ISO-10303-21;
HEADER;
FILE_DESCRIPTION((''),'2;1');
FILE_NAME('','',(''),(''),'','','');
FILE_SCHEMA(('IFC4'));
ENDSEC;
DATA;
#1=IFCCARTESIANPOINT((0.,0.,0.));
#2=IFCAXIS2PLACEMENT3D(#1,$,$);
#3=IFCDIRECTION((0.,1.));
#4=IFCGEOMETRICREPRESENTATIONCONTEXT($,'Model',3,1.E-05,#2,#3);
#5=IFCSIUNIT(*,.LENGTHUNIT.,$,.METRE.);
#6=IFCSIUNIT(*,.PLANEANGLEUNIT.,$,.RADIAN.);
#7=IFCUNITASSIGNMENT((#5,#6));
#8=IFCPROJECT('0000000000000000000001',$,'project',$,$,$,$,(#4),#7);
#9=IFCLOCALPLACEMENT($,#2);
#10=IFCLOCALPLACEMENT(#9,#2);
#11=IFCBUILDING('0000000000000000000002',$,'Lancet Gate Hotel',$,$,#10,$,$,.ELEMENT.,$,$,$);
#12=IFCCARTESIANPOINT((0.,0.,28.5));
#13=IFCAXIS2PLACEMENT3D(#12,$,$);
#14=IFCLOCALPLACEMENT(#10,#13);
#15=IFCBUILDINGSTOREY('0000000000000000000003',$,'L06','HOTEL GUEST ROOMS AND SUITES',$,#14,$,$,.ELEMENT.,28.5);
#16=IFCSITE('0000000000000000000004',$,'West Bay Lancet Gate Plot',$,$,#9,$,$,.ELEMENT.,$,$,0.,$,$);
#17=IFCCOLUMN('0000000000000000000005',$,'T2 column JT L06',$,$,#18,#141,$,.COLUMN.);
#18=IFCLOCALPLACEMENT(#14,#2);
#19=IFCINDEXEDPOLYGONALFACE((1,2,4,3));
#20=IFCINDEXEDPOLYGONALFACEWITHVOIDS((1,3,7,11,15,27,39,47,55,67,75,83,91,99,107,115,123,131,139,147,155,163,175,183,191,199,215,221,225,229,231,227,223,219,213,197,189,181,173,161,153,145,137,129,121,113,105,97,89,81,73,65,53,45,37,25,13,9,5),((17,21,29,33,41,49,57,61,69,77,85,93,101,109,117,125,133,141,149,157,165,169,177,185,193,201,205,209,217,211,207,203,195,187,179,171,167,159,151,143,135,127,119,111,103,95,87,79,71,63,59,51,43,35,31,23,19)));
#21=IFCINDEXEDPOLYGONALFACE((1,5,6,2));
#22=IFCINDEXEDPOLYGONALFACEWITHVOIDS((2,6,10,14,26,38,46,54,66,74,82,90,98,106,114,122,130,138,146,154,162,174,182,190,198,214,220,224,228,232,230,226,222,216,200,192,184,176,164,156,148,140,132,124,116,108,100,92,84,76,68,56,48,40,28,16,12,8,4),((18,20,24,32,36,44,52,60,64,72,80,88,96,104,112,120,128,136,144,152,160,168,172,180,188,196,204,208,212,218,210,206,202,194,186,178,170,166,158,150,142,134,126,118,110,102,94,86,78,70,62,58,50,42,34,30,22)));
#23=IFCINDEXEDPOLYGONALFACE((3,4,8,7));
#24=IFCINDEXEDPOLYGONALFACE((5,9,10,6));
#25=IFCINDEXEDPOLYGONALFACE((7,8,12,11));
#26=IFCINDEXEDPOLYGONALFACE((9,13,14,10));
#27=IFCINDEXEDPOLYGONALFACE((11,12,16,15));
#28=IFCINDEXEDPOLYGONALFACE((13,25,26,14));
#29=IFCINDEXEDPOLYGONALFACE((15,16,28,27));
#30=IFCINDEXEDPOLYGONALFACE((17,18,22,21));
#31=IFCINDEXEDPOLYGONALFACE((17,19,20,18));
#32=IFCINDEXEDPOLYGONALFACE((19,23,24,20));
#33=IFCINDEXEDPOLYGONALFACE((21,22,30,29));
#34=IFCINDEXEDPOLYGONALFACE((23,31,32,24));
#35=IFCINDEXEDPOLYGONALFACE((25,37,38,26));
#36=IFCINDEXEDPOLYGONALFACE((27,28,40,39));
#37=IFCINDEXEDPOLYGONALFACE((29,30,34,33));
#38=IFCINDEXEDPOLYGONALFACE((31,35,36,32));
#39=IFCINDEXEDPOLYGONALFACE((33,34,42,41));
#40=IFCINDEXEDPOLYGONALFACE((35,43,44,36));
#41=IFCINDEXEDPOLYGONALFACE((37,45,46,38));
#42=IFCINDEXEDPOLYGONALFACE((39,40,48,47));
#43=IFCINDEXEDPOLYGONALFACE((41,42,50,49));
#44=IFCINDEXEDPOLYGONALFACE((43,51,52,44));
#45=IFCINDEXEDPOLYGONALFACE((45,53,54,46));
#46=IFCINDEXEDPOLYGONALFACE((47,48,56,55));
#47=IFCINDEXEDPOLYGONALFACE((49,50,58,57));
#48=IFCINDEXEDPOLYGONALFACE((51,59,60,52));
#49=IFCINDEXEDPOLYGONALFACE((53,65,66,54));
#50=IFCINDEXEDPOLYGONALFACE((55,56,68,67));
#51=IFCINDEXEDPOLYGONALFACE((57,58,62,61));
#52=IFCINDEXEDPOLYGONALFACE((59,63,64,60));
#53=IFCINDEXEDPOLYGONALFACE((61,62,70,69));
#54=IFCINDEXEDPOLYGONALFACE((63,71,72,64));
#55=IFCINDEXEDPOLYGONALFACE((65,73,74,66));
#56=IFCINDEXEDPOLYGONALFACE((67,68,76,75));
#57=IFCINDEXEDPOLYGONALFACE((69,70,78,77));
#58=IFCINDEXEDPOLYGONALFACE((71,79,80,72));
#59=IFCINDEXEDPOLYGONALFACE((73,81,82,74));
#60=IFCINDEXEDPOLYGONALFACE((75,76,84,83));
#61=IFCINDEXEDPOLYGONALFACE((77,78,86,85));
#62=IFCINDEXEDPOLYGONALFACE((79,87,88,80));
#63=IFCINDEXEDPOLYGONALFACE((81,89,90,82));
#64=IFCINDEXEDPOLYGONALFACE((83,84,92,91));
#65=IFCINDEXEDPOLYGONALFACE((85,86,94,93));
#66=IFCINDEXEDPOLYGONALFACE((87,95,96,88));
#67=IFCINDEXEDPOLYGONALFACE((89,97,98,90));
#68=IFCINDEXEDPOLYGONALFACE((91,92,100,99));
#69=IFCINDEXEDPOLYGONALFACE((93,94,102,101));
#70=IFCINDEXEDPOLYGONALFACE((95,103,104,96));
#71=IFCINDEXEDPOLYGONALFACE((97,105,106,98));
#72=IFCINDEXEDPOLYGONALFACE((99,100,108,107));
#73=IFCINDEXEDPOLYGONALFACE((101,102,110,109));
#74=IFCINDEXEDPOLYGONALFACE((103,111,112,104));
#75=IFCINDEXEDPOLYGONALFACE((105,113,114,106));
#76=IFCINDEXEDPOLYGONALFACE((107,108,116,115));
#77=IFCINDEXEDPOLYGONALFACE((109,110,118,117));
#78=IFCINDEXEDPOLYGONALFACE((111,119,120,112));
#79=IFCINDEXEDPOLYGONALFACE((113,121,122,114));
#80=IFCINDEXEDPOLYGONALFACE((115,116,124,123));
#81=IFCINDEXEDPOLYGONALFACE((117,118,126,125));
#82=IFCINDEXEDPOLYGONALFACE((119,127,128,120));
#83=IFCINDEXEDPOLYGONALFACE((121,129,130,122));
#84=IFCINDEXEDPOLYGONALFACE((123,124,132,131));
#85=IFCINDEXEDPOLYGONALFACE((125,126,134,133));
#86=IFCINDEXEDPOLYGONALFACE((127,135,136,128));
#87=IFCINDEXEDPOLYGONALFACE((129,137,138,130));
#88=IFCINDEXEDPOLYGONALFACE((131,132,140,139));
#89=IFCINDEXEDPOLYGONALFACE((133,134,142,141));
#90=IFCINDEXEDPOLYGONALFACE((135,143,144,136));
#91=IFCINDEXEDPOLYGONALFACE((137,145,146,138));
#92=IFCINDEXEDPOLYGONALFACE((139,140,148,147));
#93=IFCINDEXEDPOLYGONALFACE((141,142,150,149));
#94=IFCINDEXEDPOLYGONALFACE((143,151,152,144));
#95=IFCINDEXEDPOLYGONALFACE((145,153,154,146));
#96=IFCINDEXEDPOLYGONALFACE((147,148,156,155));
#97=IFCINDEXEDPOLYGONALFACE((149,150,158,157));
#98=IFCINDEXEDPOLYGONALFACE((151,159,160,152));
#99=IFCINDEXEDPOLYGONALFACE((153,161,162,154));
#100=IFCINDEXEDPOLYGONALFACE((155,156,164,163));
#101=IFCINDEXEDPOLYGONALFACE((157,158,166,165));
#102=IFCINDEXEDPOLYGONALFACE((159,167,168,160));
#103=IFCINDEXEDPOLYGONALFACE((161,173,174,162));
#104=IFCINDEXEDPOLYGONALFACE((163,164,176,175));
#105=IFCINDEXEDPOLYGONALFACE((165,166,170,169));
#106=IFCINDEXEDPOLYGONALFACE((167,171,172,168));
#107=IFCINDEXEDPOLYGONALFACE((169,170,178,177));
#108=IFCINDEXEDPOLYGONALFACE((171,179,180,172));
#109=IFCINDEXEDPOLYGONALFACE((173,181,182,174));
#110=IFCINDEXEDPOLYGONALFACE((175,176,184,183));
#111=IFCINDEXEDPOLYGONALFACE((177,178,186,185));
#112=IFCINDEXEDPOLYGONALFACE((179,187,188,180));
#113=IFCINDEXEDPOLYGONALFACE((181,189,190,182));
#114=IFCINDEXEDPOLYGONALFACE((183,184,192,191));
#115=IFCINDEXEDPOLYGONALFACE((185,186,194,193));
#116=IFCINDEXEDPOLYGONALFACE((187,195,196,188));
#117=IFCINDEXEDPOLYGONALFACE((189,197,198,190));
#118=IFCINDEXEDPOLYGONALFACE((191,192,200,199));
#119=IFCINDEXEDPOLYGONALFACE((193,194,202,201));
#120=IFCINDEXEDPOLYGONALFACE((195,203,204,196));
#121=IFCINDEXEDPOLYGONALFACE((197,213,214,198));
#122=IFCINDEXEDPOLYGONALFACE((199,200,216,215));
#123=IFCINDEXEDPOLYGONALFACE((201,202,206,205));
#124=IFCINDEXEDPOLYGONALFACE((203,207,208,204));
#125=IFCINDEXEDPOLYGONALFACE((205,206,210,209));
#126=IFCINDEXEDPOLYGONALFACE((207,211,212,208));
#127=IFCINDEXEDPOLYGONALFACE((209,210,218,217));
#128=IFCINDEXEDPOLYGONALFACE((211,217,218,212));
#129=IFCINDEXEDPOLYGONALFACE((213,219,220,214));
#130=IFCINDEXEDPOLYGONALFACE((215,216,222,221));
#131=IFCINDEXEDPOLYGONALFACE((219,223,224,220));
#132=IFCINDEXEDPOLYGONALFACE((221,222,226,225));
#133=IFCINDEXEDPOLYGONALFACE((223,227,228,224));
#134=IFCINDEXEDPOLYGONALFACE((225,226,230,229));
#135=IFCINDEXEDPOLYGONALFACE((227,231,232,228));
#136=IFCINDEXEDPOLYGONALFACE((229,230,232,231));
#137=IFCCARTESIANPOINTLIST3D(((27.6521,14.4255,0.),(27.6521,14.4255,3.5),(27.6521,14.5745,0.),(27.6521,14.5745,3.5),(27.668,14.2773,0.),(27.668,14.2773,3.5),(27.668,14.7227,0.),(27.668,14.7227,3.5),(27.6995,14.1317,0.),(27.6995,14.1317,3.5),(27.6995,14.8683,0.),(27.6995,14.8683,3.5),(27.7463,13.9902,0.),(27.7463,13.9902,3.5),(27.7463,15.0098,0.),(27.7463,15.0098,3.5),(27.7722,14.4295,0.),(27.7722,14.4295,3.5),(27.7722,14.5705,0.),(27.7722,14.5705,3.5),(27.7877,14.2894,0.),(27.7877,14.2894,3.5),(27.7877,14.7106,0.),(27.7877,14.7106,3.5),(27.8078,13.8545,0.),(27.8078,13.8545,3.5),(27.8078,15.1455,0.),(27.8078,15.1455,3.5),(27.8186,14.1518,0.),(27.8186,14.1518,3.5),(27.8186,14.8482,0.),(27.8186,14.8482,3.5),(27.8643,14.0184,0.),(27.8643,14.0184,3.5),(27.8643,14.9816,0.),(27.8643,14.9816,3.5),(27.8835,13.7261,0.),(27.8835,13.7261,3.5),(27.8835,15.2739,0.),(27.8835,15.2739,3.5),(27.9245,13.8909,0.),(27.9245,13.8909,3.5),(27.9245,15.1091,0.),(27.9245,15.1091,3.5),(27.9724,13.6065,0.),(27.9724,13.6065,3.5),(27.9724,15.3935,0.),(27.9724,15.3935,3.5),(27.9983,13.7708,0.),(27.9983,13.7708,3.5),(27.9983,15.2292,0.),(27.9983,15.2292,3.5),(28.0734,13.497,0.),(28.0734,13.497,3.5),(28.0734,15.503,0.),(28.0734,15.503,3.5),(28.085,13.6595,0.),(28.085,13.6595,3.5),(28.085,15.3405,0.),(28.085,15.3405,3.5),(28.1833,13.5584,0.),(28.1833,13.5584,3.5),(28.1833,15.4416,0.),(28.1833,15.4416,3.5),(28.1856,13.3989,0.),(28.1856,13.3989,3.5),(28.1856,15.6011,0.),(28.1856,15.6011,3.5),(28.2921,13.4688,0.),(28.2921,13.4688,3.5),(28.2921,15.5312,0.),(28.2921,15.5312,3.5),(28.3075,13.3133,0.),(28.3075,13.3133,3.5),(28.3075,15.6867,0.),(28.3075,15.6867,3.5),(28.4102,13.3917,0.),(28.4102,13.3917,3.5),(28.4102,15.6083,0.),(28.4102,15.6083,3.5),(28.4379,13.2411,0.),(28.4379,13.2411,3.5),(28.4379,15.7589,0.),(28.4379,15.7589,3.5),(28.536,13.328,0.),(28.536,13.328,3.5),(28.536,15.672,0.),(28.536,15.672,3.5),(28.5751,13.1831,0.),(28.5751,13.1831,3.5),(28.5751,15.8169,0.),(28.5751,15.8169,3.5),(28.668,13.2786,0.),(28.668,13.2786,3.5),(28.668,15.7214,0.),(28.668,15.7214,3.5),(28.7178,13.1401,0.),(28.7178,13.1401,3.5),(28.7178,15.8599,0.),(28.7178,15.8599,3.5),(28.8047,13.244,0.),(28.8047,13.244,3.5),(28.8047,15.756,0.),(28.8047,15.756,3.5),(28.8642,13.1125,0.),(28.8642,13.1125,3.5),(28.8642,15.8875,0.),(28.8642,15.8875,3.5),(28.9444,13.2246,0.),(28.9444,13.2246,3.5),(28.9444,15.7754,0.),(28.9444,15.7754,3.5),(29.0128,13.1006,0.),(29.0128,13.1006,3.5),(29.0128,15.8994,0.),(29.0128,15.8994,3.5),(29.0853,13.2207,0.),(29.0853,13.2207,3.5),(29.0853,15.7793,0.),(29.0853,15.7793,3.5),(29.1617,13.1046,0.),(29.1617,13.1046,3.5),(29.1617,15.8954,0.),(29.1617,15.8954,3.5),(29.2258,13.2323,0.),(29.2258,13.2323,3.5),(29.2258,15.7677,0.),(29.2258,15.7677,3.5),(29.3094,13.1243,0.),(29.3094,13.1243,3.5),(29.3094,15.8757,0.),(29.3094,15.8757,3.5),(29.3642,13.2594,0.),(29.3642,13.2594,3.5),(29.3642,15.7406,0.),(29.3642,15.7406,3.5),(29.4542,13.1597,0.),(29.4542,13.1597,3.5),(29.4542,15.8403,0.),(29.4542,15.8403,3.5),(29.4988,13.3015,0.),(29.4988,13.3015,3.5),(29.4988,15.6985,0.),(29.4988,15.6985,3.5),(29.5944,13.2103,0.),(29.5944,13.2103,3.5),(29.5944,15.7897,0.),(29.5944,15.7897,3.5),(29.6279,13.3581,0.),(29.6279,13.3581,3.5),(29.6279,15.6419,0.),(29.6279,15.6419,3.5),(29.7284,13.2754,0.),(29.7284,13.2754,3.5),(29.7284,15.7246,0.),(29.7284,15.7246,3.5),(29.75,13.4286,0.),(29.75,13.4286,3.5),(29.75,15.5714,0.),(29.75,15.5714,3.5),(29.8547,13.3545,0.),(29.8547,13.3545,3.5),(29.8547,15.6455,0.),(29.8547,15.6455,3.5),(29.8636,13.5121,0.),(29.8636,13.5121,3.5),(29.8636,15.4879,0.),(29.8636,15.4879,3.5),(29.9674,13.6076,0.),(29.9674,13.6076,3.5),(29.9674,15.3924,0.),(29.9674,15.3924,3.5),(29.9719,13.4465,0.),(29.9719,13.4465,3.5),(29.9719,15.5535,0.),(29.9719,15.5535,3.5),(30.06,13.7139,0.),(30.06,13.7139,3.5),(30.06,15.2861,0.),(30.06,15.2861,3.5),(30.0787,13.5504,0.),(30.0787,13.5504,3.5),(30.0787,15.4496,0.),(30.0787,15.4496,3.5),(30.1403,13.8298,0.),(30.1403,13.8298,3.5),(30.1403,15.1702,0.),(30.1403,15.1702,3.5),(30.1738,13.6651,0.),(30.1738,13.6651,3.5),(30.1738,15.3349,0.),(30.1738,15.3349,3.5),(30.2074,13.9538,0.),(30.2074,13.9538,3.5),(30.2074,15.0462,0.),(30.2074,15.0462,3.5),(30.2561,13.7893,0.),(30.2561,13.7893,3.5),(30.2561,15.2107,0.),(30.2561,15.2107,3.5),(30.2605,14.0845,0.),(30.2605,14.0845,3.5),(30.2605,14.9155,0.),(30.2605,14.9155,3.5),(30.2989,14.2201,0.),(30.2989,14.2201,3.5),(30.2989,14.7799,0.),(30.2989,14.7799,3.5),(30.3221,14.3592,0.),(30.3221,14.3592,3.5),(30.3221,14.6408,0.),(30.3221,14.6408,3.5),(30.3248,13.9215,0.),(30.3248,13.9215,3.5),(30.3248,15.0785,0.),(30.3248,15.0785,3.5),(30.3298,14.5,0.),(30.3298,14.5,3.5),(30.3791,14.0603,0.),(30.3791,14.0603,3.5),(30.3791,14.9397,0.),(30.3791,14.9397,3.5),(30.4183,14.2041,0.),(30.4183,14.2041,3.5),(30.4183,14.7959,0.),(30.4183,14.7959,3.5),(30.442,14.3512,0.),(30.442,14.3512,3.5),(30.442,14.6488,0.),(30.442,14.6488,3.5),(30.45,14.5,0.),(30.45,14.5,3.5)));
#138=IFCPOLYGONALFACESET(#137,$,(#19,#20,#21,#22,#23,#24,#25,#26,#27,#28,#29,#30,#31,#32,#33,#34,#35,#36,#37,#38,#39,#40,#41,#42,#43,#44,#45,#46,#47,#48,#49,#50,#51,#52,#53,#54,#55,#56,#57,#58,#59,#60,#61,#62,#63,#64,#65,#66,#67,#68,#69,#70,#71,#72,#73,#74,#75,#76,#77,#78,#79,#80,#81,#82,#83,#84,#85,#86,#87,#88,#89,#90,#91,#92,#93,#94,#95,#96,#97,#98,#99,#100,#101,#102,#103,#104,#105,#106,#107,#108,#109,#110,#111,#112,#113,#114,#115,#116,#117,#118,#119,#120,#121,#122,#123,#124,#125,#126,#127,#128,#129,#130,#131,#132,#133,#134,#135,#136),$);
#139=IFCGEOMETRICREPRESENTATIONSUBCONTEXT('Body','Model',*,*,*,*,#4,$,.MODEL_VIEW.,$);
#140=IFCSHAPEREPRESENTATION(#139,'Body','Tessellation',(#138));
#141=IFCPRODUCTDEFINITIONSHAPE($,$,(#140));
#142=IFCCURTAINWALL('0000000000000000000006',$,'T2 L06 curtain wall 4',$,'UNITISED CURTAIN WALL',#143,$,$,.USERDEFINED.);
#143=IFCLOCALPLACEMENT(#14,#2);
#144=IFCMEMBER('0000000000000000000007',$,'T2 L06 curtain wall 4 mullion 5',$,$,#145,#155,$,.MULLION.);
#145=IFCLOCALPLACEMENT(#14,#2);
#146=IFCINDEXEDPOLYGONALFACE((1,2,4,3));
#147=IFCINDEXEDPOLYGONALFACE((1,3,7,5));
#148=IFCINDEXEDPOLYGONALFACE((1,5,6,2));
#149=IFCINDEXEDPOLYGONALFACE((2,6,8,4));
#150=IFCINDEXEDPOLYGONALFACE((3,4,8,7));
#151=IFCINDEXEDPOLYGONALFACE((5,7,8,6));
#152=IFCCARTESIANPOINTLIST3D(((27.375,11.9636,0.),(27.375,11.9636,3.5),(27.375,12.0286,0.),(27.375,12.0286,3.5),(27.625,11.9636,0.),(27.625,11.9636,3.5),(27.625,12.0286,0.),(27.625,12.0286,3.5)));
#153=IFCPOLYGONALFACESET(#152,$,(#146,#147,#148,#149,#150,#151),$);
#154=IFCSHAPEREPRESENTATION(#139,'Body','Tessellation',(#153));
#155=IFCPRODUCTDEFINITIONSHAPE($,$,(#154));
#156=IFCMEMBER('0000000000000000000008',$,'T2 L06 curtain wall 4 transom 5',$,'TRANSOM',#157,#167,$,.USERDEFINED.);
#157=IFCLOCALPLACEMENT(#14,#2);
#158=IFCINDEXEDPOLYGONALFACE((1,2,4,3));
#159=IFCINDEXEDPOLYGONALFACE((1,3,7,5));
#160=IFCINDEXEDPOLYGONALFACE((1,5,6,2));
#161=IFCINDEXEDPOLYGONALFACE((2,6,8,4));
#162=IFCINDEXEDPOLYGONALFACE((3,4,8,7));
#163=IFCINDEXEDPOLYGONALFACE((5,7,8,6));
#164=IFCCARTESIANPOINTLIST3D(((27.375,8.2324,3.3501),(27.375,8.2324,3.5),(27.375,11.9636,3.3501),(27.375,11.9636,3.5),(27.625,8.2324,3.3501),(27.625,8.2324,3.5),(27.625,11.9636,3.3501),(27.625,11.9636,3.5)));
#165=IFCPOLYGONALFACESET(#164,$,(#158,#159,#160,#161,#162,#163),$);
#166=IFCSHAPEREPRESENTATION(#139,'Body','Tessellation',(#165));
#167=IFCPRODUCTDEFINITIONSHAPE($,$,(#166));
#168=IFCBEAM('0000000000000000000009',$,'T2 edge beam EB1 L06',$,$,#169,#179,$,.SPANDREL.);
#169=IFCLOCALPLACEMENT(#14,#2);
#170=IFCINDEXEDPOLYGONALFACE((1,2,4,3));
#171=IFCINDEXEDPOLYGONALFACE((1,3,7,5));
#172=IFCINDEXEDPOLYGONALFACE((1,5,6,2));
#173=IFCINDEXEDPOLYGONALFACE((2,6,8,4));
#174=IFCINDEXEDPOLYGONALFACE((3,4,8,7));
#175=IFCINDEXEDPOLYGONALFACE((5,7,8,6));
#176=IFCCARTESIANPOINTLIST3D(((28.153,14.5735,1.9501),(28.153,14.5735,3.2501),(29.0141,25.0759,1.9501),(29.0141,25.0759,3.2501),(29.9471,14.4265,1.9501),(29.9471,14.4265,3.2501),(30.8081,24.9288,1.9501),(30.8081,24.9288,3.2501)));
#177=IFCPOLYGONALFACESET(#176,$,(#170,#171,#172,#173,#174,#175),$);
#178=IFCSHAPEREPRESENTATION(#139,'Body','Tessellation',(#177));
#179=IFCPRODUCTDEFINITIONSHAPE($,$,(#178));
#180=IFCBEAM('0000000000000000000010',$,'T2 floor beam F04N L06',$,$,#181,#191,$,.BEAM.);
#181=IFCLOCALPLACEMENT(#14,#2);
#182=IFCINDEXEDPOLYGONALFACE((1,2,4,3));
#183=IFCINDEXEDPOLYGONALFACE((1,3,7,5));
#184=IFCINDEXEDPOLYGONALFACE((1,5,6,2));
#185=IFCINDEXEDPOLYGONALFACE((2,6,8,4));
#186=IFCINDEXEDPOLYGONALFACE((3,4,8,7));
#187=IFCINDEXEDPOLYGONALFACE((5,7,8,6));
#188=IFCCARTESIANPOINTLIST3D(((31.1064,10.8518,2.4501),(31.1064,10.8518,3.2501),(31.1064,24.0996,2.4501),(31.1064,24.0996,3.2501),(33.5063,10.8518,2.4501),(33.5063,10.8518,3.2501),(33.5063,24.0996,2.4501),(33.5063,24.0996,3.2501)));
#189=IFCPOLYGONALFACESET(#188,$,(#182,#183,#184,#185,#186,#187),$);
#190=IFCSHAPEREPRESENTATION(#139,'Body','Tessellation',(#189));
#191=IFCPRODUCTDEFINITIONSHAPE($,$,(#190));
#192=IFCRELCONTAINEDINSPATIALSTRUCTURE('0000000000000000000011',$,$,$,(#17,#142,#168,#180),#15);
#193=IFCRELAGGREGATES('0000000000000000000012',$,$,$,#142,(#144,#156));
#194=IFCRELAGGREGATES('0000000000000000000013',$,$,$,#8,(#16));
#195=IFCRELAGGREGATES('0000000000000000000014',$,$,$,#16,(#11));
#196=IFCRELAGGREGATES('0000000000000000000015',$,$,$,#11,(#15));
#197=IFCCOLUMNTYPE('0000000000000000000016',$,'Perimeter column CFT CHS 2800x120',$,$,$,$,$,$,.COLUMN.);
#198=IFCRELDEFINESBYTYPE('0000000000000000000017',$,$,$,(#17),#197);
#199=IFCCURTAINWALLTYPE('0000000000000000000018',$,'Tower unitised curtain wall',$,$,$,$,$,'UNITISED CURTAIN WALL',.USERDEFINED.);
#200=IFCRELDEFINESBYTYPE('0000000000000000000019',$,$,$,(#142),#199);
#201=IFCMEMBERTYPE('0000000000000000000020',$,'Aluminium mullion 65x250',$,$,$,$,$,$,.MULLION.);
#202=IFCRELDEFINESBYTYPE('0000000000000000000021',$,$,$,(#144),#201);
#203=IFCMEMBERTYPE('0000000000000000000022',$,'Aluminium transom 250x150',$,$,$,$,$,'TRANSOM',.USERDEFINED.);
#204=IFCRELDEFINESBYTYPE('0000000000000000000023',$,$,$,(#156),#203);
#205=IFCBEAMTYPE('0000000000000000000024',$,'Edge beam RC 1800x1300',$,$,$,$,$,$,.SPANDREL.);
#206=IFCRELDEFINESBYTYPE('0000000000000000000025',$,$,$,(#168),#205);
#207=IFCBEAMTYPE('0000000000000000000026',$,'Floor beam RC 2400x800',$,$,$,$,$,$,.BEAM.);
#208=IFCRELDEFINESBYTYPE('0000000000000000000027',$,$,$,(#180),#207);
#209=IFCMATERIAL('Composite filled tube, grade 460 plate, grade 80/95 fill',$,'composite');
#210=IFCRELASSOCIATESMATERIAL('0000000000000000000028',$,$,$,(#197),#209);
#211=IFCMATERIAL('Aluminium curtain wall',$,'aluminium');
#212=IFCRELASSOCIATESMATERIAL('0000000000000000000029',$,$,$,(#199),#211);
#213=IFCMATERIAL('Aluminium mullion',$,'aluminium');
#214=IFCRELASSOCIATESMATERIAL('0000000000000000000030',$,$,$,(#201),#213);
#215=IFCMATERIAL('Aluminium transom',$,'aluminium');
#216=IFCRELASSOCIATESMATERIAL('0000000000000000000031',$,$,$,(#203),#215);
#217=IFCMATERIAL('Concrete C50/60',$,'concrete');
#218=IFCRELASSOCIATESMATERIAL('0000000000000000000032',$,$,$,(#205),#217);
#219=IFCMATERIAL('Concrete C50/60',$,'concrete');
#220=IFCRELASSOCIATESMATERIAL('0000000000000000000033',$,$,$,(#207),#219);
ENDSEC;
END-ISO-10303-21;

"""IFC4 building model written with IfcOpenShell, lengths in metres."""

from ifc_helpers import new_model, si_unit, direction, frame, origin, origin_2d, place, context, subcontext, project, spatial, rectangle, hollow_circle, extrude, material, material_profile, profile_set, type_object, element, aggregate, save


model = new_model("IFC4")

# Units and contexts
model_context = context("Model", 3, precision=1e-05, world=origin(), true_north=direction((0.0, 1.0)))
body_context = subcontext(model_context, "Body", "Model", "MODEL_VIEW")
ifc_project = project(units=[si_unit("LENGTHUNIT", "METRE"), si_unit("PLANEANGLEUNIT", "RADIAN")], contexts=[model_context])

# Site, building, storey
site_placement = place(None, origin())
site = spatial("IfcSite", under=ifc_project, at=site_placement, Name="West Bay Lancet Gate Plot", CompositionType="ELEMENT", RefElevation=0.0)
building_placement = place(site_placement, origin())
building = spatial("IfcBuilding", under=site, at=building_placement, Name="Lancet Gate Hotel", CompositionType="ELEMENT")
storey_placement = place(building_placement, frame((0.0, 0.0, 28.5)))
storey = spatial("IfcBuildingStorey", under=building, at=storey_placement, Name="L06", Description="HOTEL GUEST ROOMS AND SUITES", CompositionType="ELEMENT", Elevation=28.5)

# Column
ifc_material_1 = material(Name="Composite filled tube, grade 460 plate, grade 80/95 fill", Category="composite")
ifc_material_profile_1 = material_profile(ifc_material_1, hollow_circle(Radius=1.3999, WallThickness=0.1201, at=origin_2d()), Name="CHS 2800x120")
ifc_profile_set_1 = profile_set([ifc_material_profile_1], Name="Composite filled tube, grade 460 plate, grade 80/95 fill")
column_type = type_object("IfcColumnType", Name="Perimeter column CFT CHS 2800x120", PredefinedType="COLUMN", material=ifc_profile_set_1)
for number, where, z_axis, x_axis, name in (
    (1, (29.05, 14.5, 0.0), (0.0, 0.0, 1.0), (1.0, 0.0, 0.0), "T2 column JT L06"),
):
    element("IfcColumn", number, at=place(storey_placement, frame(where, z_axis=z_axis, x_axis=x_axis)), inside=storey, type_object=column_type, Name=name, PredefinedType="COLUMN", context=body_context, shape_type="SweptSolid", body=[
        extrude(hollow_circle(Radius=1.3999, WallThickness=0.1201, at=origin_2d()), origin(), (0.0, 0.0, 1.0), 3.5),
    ])

# Curtain wall, members
ifc_material_2 = material(Name="Aluminium curtain wall", Category="aluminium")
curtain_wall_type = type_object("IfcCurtainWallType", Name="Tower unitised curtain wall", ElementType="UNITISED CURTAIN WALL", PredefinedType="USERDEFINED", material=ifc_material_2)
curtain_wall_placement = place(storey_placement, origin())
curtain_wall = element("IfcCurtainWall", 2, at=curtain_wall_placement, inside=storey, type_object=curtain_wall_type, Name="T2 L06 curtain wall 4", ObjectType="UNITISED CURTAIN WALL", PredefinedType="USERDEFINED")
ifc_material_3 = material(Name="Aluminium mullion", Category="aluminium")
ifc_material_profile_2 = material_profile(ifc_material_3, rectangle(XDim=0.0649, YDim=0.25, at=origin_2d()), Name="MULLION 65x250")
ifc_profile_set_2 = profile_set([ifc_material_profile_2], Name="Aluminium mullion")
member_type_1 = type_object("IfcMemberType", Name="Aluminium mullion 65x250", PredefinedType="MULLION", material=ifc_profile_set_2)
member_1_placement = place(storey_placement, frame((27.5, 11.9961, 0.0), z_axis=(0.0, 0.0, 1.0), x_axis=(0.0, -1.0, 0.0)))
member_1 = element("IfcMember", 3, at=member_1_placement, type_object=member_type_1, Name="T2 L06 curtain wall 4 mullion 5", PredefinedType="MULLION", context=body_context, shape_type="SweptSolid", body=[
    extrude(rectangle(XDim=0.0649, YDim=0.25, at=origin_2d()), origin(), (0.0, 0.0, 1.0), 3.5),
])
ifc_material_4 = material(Name="Aluminium transom", Category="aluminium")
ifc_material_profile_3 = material_profile(ifc_material_4, rectangle(XDim=0.25, YDim=0.1499, at=origin_2d()), Name="TRANSOM 250x150")
ifc_profile_set_3 = profile_set([ifc_material_profile_3], Name="Aluminium transom")
member_type_2 = type_object("IfcMemberType", Name="Aluminium transom 250x150", ElementType="TRANSOM", PredefinedType="USERDEFINED", material=ifc_profile_set_3)
member_2_placement = place(storey_placement, frame((27.5, 11.9636, 3.425), z_axis=(0.0, -1.0, 0.0), x_axis=(1.0, 0.0, 0.0)))
member_2 = element("IfcMember", 4, at=member_2_placement, type_object=member_type_2, Name="T2 L06 curtain wall 4 transom 5", ObjectType="TRANSOM", PredefinedType="USERDEFINED", context=body_context, shape_type="SweptSolid", body=[
    extrude(rectangle(XDim=0.25, YDim=0.1499, at=origin_2d()), origin(), (0.0, 0.0, 1.0), 3.7312),
])

# Beams
ifc_material_5 = material(Name="Concrete C50/60", Category="concrete")
ifc_material_profile_4 = material_profile(ifc_material_5, rectangle(XDim=1.8, YDim=1.3, at=origin_2d()), Name="RC 1800x1300")
ifc_profile_set_4 = profile_set([ifc_material_profile_4], Name="Concrete C50/60")
beam_type_1 = type_object("IfcBeamType", Name="Edge beam RC 1800x1300", PredefinedType="SPANDREL", material=ifc_profile_set_4)
beam_1_placement = place(storey_placement, frame((29.05, 14.5, 2.6001), z_axis=(0.081715, 0.996656, 0.0), x_axis=(-0.996656, 0.081715, 0.0)))
element("IfcBeam", 5, at=beam_1_placement, inside=storey, type_object=beam_type_1, Name="T2 edge beam EB1 L06", PredefinedType="SPANDREL", context=body_context, shape_type="SweptSolid", body=[
    extrude(rectangle(XDim=1.8, YDim=1.3, at=origin_2d()), origin(), (0.0, 0.0, 1.0), 10.5376),
])
ifc_material_6 = material(Name="Concrete C50/60", Category="concrete")
ifc_material_profile_5 = material_profile(ifc_material_6, rectangle(XDim=2.3999, YDim=0.8, at=origin_2d()), Name="RC 2400x800")
ifc_profile_set_5 = profile_set([ifc_material_profile_5], Name="Concrete C50/60")
beam_type_2 = type_object("IfcBeamType", Name="Floor beam RC 2400x800", PredefinedType="BEAM", material=ifc_profile_set_5)
beam_2_placement = place(storey_placement, frame((32.3064, 10.8518, 2.8501), z_axis=(0.0, 1.0, 0.0), x_axis=(-1.0, 0.0, 0.0)))
element("IfcBeam", 6, at=beam_2_placement, inside=storey, type_object=beam_type_2, Name="T2 floor beam F04N L06", PredefinedType="BEAM", context=body_context, shape_type="SweptSolid", body=[
    extrude(rectangle(XDim=2.3999, YDim=0.8, at=origin_2d()), origin(), (0.0, 0.0, 1.0), 13.2478),
])

aggregate(curtain_wall, [member_1, member_2])

save(model, "model.ifc")
